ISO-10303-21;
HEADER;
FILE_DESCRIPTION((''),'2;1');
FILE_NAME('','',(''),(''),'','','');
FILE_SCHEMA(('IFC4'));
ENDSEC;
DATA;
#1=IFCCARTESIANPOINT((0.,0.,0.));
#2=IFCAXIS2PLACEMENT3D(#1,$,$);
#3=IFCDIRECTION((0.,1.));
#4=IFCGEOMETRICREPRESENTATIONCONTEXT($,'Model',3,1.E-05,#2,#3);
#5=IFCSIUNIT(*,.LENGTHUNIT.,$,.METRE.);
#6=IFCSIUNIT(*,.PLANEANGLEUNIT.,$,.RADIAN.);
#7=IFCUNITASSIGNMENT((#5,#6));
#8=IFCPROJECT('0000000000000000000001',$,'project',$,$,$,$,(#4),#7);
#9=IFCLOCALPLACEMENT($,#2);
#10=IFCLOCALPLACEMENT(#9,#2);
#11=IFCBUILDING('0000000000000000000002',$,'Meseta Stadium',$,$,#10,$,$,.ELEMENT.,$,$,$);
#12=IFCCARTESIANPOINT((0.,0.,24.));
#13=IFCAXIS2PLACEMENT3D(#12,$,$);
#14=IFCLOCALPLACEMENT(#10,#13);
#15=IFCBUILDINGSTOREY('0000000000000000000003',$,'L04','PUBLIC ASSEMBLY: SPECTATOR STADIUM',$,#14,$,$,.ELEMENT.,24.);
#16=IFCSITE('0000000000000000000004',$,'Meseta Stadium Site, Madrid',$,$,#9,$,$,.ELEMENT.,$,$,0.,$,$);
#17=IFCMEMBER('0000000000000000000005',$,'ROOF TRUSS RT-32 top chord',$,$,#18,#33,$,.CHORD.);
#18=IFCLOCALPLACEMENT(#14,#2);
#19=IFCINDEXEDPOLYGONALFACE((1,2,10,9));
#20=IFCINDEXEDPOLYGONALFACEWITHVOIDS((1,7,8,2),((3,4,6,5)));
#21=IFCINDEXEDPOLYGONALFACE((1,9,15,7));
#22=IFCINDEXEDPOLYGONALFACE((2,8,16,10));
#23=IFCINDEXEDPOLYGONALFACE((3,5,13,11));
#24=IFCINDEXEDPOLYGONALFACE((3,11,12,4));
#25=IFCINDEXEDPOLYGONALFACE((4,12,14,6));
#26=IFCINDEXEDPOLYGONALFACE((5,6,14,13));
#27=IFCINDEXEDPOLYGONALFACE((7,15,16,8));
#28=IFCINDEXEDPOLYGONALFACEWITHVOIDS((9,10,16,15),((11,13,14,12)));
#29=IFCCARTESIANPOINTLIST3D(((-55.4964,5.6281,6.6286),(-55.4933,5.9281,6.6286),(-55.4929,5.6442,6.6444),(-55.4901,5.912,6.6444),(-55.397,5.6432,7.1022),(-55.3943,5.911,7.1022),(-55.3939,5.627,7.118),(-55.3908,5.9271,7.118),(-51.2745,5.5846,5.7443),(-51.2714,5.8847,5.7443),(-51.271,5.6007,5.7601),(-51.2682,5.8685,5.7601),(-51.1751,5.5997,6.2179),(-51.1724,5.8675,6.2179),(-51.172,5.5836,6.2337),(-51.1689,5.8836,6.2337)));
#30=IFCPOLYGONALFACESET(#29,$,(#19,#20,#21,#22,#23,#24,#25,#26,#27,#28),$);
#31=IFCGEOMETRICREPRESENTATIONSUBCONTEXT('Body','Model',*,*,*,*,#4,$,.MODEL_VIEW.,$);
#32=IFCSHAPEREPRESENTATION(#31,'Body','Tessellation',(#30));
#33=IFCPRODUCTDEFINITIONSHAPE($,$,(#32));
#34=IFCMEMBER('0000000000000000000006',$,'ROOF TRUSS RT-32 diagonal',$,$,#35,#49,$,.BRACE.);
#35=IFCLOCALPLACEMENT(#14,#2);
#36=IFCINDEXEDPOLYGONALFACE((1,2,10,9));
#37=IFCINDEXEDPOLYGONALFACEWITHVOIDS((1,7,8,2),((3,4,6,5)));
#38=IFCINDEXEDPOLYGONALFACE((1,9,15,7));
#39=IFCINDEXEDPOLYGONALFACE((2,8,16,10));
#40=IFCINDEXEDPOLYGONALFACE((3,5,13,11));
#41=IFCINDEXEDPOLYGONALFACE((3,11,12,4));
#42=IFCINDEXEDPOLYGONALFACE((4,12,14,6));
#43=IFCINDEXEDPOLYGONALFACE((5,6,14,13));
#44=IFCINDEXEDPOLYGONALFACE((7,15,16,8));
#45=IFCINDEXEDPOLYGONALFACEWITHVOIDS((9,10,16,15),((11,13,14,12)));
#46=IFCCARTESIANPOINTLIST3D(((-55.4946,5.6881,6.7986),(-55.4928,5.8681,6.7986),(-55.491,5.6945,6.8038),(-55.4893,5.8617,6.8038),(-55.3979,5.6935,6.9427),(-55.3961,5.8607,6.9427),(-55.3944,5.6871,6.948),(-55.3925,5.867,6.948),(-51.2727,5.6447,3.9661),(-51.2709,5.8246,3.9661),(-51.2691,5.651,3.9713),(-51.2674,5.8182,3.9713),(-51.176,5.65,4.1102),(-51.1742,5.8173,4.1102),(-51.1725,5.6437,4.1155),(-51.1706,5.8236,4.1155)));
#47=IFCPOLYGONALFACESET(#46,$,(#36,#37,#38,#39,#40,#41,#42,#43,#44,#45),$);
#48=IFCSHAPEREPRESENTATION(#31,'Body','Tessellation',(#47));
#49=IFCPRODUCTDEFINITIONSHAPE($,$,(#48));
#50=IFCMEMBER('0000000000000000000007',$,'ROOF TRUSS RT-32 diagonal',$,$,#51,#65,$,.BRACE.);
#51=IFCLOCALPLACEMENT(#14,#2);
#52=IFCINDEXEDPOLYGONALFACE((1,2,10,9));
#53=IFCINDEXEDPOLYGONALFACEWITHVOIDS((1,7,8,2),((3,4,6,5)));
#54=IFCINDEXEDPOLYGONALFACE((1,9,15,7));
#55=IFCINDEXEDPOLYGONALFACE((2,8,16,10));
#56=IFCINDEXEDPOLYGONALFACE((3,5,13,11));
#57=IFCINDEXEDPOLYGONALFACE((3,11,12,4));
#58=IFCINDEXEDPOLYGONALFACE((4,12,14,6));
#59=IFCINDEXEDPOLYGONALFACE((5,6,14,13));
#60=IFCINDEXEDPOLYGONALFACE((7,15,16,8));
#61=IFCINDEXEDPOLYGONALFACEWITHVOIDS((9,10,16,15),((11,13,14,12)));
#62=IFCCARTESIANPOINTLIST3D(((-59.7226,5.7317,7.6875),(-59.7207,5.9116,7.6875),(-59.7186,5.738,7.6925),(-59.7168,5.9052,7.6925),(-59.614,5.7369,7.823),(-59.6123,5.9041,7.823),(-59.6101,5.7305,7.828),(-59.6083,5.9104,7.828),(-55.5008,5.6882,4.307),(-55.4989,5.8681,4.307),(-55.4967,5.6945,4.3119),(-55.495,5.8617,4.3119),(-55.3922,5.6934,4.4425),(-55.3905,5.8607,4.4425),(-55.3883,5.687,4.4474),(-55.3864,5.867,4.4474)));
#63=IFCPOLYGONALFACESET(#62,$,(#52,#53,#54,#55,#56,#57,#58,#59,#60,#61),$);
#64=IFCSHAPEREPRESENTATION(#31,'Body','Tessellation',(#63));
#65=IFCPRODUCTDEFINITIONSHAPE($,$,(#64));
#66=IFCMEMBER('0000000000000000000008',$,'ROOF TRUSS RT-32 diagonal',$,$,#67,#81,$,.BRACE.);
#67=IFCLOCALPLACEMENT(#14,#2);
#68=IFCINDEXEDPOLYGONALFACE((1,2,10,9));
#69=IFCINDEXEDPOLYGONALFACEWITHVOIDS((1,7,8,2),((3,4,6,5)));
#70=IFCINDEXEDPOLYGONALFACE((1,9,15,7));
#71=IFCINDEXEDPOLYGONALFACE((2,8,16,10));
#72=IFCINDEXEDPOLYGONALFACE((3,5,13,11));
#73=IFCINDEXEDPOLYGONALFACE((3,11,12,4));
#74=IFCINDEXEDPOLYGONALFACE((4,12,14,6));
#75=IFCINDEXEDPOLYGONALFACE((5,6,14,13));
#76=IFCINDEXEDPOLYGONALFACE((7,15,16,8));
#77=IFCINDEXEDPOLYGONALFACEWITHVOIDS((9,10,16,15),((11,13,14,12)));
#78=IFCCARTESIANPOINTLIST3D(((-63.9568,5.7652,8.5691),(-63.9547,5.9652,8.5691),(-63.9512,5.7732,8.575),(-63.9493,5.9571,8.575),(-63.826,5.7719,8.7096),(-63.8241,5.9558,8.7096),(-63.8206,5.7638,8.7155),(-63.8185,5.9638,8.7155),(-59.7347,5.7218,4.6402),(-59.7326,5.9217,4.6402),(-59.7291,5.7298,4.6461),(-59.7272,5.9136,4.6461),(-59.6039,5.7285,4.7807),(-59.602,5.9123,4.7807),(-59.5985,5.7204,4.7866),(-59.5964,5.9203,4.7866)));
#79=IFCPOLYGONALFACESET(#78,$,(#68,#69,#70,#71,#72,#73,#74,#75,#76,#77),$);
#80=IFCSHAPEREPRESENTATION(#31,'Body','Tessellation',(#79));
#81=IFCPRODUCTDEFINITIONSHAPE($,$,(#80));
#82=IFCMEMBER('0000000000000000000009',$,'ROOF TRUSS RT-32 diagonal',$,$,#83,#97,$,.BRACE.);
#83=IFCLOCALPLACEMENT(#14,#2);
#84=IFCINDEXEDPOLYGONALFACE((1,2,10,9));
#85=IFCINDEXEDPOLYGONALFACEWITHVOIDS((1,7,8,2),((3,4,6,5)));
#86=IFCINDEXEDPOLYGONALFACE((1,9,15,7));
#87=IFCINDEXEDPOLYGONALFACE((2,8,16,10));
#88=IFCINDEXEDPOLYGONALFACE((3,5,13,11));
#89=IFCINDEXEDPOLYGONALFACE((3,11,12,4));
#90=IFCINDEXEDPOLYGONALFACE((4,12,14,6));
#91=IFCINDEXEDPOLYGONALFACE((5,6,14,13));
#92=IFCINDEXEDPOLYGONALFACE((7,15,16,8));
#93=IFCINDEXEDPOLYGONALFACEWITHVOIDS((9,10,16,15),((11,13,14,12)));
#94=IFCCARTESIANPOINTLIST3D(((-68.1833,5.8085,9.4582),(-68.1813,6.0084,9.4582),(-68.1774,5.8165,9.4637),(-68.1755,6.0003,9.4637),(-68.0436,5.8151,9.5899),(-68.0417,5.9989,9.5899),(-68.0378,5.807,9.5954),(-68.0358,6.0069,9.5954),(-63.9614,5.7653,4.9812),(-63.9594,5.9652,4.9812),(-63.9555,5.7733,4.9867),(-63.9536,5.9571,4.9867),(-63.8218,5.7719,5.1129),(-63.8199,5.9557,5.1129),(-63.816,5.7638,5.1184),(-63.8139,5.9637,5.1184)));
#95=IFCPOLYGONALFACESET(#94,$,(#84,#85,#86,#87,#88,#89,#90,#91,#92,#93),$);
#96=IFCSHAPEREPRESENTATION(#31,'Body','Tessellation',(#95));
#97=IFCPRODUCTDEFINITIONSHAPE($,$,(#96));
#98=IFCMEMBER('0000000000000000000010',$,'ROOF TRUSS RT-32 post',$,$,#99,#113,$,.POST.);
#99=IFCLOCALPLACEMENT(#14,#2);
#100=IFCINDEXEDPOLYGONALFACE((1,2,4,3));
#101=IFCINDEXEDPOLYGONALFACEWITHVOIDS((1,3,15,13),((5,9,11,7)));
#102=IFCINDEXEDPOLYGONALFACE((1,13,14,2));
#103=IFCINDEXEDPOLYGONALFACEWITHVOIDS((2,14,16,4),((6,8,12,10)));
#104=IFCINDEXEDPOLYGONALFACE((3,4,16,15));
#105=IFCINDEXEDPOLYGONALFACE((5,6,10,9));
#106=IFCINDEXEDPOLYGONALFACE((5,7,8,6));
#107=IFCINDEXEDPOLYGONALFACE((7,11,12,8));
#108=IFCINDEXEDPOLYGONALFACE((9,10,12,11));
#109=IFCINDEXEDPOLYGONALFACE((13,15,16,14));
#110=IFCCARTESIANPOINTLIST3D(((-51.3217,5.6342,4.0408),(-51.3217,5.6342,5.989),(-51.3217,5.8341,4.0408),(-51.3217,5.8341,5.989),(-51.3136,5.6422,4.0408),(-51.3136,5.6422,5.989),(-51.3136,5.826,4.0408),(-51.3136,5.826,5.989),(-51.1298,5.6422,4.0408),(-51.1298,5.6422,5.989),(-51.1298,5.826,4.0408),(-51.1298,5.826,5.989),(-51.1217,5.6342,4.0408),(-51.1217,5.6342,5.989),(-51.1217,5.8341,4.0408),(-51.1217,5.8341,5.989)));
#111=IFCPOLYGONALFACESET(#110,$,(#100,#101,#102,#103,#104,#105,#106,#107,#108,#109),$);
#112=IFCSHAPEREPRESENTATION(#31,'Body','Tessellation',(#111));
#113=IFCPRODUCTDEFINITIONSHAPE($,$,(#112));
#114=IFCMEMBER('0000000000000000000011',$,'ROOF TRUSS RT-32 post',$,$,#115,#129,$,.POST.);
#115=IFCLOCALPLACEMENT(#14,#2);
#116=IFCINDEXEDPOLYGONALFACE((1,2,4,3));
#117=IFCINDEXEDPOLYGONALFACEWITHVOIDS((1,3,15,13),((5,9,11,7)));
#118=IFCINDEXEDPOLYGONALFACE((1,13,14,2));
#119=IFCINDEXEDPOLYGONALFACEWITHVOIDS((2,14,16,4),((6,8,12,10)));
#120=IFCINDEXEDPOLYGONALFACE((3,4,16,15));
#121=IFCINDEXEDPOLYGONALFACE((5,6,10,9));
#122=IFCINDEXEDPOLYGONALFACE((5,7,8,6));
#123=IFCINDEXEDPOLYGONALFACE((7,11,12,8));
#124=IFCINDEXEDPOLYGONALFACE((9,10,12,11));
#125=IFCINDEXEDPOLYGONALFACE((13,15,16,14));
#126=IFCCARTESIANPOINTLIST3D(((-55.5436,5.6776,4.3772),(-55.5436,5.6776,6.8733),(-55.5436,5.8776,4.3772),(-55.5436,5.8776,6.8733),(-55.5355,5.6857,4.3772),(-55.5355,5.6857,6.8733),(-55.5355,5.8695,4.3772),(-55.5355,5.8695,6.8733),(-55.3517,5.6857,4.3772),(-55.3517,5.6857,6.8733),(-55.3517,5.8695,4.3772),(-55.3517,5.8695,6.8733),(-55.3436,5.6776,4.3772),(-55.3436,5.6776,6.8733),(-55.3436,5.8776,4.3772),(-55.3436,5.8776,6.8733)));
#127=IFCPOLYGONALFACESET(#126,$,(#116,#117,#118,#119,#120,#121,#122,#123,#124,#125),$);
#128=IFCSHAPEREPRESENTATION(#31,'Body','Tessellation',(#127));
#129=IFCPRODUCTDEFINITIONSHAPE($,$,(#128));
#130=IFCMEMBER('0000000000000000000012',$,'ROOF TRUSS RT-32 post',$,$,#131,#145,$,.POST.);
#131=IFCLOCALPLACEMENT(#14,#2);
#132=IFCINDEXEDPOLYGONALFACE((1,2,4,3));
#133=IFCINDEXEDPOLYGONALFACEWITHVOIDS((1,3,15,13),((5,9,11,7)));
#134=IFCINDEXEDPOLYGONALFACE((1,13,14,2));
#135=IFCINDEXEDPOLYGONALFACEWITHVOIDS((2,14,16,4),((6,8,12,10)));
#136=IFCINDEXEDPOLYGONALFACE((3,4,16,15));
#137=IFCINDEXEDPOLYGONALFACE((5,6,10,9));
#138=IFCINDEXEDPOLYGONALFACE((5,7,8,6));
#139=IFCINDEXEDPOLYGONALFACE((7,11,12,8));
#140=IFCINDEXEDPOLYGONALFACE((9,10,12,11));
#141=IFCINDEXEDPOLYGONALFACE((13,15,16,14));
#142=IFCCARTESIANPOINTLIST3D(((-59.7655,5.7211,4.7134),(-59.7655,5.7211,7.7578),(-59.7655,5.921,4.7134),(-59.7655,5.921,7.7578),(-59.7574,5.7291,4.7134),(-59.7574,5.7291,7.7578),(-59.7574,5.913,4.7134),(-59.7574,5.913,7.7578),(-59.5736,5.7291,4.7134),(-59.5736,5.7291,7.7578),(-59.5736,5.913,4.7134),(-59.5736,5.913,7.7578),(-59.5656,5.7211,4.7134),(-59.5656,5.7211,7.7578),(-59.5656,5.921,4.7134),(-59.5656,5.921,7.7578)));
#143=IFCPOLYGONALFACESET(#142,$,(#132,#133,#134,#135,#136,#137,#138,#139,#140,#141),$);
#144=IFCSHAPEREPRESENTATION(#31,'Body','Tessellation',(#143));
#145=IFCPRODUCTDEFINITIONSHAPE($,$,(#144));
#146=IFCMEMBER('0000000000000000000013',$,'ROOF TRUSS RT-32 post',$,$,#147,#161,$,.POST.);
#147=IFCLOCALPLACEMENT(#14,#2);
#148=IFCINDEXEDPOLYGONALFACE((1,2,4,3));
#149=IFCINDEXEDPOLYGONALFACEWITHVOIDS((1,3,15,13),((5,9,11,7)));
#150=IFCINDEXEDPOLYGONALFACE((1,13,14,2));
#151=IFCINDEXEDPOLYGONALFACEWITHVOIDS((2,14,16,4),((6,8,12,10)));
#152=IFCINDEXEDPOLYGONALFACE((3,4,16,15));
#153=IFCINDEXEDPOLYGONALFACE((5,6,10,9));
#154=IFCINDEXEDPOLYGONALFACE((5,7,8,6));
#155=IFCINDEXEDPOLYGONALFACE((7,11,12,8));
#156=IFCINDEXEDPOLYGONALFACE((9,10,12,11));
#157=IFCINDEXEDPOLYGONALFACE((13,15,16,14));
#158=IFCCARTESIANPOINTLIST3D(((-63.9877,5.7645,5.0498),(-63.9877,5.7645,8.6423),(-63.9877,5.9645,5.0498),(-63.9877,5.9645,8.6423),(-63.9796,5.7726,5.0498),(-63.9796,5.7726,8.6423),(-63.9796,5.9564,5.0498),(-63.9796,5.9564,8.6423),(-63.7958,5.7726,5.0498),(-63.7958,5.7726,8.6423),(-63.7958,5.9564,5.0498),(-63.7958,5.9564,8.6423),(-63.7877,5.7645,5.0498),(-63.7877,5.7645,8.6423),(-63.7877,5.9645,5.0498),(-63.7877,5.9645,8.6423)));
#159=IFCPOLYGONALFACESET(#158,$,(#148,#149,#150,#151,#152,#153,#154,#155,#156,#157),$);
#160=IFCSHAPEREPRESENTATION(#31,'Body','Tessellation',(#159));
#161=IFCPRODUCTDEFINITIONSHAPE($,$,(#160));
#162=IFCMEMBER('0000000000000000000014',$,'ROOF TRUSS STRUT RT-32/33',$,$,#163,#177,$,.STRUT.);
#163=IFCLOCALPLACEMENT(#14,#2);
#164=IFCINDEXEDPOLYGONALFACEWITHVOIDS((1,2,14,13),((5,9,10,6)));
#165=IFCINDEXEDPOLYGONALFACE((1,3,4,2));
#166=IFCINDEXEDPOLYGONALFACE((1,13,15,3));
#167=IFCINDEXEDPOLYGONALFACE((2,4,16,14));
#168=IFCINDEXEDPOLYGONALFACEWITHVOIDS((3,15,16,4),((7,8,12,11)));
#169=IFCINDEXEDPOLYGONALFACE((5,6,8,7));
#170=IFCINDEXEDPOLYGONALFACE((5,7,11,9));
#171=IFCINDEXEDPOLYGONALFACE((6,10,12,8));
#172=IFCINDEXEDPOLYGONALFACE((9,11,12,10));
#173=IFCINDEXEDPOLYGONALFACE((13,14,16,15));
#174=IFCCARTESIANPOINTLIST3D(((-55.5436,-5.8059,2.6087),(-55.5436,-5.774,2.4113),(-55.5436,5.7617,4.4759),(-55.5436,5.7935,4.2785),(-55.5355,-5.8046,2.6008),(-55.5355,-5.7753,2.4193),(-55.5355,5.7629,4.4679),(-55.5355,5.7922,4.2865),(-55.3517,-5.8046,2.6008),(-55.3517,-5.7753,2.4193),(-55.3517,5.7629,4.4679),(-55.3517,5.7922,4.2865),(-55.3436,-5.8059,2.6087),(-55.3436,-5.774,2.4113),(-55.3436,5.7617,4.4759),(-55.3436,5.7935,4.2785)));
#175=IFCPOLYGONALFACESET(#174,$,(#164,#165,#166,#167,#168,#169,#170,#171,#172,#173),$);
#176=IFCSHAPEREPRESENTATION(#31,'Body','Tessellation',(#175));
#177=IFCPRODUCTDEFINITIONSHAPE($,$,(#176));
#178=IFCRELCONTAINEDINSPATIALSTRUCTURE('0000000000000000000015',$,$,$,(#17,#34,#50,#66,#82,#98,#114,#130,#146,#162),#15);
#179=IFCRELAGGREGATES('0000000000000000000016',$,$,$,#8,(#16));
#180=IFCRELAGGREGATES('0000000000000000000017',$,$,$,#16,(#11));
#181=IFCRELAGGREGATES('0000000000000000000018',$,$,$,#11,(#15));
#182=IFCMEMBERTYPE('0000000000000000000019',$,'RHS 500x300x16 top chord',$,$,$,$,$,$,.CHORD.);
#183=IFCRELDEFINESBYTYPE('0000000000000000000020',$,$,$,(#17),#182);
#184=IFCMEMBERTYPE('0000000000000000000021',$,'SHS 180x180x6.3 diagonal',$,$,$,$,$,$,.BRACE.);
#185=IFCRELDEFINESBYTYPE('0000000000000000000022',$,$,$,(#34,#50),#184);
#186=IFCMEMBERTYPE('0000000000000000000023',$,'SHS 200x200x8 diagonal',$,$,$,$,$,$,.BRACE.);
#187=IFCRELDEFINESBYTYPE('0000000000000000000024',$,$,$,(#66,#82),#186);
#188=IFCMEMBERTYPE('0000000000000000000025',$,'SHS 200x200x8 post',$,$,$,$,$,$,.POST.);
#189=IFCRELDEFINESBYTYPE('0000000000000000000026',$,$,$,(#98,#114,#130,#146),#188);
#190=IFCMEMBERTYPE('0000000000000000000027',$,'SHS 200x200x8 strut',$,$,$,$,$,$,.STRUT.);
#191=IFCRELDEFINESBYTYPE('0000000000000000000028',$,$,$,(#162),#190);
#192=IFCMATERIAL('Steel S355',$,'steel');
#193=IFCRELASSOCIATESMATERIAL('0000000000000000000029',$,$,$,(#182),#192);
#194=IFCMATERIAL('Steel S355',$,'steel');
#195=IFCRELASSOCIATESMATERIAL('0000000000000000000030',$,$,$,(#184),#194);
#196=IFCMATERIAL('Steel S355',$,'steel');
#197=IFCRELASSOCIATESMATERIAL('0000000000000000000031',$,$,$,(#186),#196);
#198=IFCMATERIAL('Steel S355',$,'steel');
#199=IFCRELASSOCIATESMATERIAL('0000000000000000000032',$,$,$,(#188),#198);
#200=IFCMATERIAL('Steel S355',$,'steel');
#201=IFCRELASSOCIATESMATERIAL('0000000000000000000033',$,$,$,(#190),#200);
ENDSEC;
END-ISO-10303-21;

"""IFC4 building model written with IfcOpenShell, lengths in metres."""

from ifc_helpers import new_model, si_unit, direction, frame, origin, origin_2d, place, context, subcontext, project, spatial, hollow_rectangle, extrude, material, material_profile, profile_set, type_object, element, save


model = new_model("IFC4")

# Units and contexts
model_context = context("Model", 3, precision=1e-05, world=origin(), true_north=direction((0.0, 1.0)))
body_context = subcontext(model_context, "Body", "Model", "MODEL_VIEW")
ifc_project = project(units=[si_unit("LENGTHUNIT", "METRE"), si_unit("PLANEANGLEUNIT", "RADIAN")], contexts=[model_context])

# Site, building, storey
site_placement = place(None, origin())
site = spatial("IfcSite", under=ifc_project, at=site_placement, Name="Meseta Stadium Site, Madrid", CompositionType="ELEMENT", RefElevation=0.0)
building_placement = place(site_placement, origin())
building = spatial("IfcBuilding", under=site, at=building_placement, Name="Meseta Stadium", CompositionType="ELEMENT")
storey_placement = place(building_placement, frame((0.0, 0.0, 24.0)))
storey = spatial("IfcBuildingStorey", under=building, at=storey_placement, Name="L04", Description="PUBLIC ASSEMBLY: SPECTATOR STADIUM", CompositionType="ELEMENT", Elevation=24.0)

# Members
ifc_material_1 = material(Name="Steel S355", Category="steel")
ifc_material_profile_1 = material_profile(ifc_material_1, hollow_rectangle(XDim=0.3, YDim=0.5, WallThickness=0.0161, at=origin_2d()), Name="RHS 500x300x16")
ifc_profile_set_1 = profile_set([ifc_material_profile_1], Name="Steel S355")
member_type_1 = type_object("IfcMemberType", Name="RHS 500x300x16 top chord", PredefinedType="CHORD", material=ifc_profile_set_1)
member_1_placement = place(storey_placement, frame((-51.2217, 5.7341, 5.989), z_axis=(-0.978712, 0.010074, 0.20499), x_axis=(-0.010293, -0.999947, 0.0)))
element("IfcMember", 1, at=member_1_placement, inside=storey, type_object=member_type_1, Name="ROOF TRUSS RT-32 top chord", PredefinedType="CHORD", context=body_context, shape_type="SweptSolid", body=[
    extrude(hollow_rectangle(XDim=0.3, YDim=0.5, WallThickness=0.0161, at=origin_2d()), origin(), (0.0, 0.0, 1.0), 4.3137),
])
ifc_material_2 = material(Name="Steel S355", Category="steel")
ifc_material_profile_2 = material_profile(ifc_material_2, hollow_rectangle(XDim=0.1799, YDim=0.1799, WallThickness=0.0063, at=origin_2d()), Name="SHS 180x180x6.3")
ifc_profile_set_2 = profile_set([ifc_material_profile_2], Name="Steel S355")
member_type_2 = type_object("IfcMemberType", Name="SHS 180x180x6.3 diagonal", PredefinedType="BRACE", material=ifc_profile_set_2)
member_2_placement = place(storey_placement, frame((-51.2217, 5.7341, 4.0408), z_axis=(-0.830391, 0.008547, 0.557115), x_axis=(-0.010293, -0.999947, 0.0)))
element("IfcMember", 2, at=member_2_placement, inside=storey, type_object=member_type_2, Name="ROOF TRUSS RT-32 diagonal", PredefinedType="BRACE", context=body_context, shape_type="SweptSolid", body=[
    extrude(hollow_rectangle(XDim=0.1799, YDim=0.1799, WallThickness=0.0063, at=origin_2d()), origin(), (0.0, 0.0, 1.0), 5.0842),
])
member_3_placement = place(storey_placement, frame((-55.4436, 5.7776, 4.3772), z_axis=(-0.780566, 0.008035, 0.625022), x_axis=(-0.010293, -0.999947, 0.0)))
element("IfcMember", 3, at=member_3_placement, inside=storey, type_object=member_type_2, Name="ROOF TRUSS RT-32 diagonal", PredefinedType="BRACE", context=body_context, shape_type="SweptSolid", body=[
    extrude(hollow_rectangle(XDim=0.1799, YDim=0.1799, WallThickness=0.0063, at=origin_2d()), origin(), (0.0, 0.0, 1.0), 5.4087),
])
ifc_material_3 = material(Name="Steel S355", Category="steel")
ifc_material_profile_3 = material_profile(ifc_material_3, hollow_rectangle(XDim=0.2, YDim=0.2, WallThickness=0.0081, at=origin_2d()), Name="SHS 200x200x8")
ifc_profile_set_3 = profile_set([ifc_material_profile_3], Name="Steel S355")
member_type_3 = type_object("IfcMemberType", Name="SHS 200x200x8 diagonal", PredefinedType="BRACE", material=ifc_profile_set_3)
member_4_placement = place(storey_placement, frame((-59.6655, 5.821, 4.7134), z_axis=(-0.732049, 0.007535, 0.681211), x_axis=(-0.010292, -0.999947, 0.0)))
element("IfcMember", 4, at=member_4_placement, inside=storey, type_object=member_type_3, Name="ROOF TRUSS RT-32 diagonal", PredefinedType="BRACE", context=body_context, shape_type="SweptSolid", body=[
    extrude(hollow_rectangle(XDim=0.2, YDim=0.2, WallThickness=0.0081, at=origin_2d()), origin(), (0.0, 0.0, 1.0), 5.7676),
])
member_5_placement = place(storey_placement, frame((-63.8877, 5.8645, 5.0498), z_axis=(-0.686057, 0.007022, 0.727514), x_axis=(-0.010235, -0.999948, 0.0)))
element("IfcMember", 5, at=member_5_placement, inside=storey, type_object=member_type_3, Name="ROOF TRUSS RT-32 diagonal", PredefinedType="BRACE", context=body_context, shape_type="SweptSolid", body=[
    extrude(hollow_rectangle(XDim=0.2, YDim=0.2, WallThickness=0.0081, at=origin_2d()), origin(), (0.0, 0.0, 1.0), 6.1538),
])
ifc_material_4 = material(Name="Steel S355", Category="steel")
ifc_material_profile_4 = material_profile(ifc_material_4, hollow_rectangle(XDim=0.2, YDim=0.2, WallThickness=0.0081, at=origin_2d()), Name="SHS 200x200x8")
ifc_profile_set_4 = profile_set([ifc_material_profile_4], Name="Steel S355")
member_type_4 = type_object("IfcMemberType", Name="SHS 200x200x8 post", PredefinedType="POST", material=ifc_profile_set_4)
member_6_placement = place(storey_placement, frame((-51.2217, 5.7341, 4.0408), z_axis=(0.0, 0.0, 1.0), x_axis=(1.0, 0.0, 0.0)))
element("IfcMember", 6, at=member_6_placement, inside=storey, type_object=member_type_4, Name="ROOF TRUSS RT-32 post", PredefinedType="POST", context=body_context, shape_type="SweptSolid", body=[
    extrude(hollow_rectangle(XDim=0.2, YDim=0.2, WallThickness=0.0081, at=origin_2d()), origin(), (0.0, 0.0, 1.0), 1.9482),
])
member_7_placement = place(storey_placement, frame((-55.4436, 5.7776, 4.3772), z_axis=(0.0, 0.0, 1.0), x_axis=(1.0, 0.0, 0.0)))
element("IfcMember", 7, at=member_7_placement, inside=storey, type_object=member_type_4, Name="ROOF TRUSS RT-32 post", PredefinedType="POST", context=body_context, shape_type="SweptSolid", body=[
    extrude(hollow_rectangle(XDim=0.2, YDim=0.2, WallThickness=0.0081, at=origin_2d()), origin(), (0.0, 0.0, 1.0), 2.4961),
])
member_8_placement = place(storey_placement, frame((-59.6655, 5.821, 4.7134), z_axis=(0.0, 0.0, 1.0), x_axis=(1.0, 0.0, 0.0)))
element("IfcMember", 8, at=member_8_placement, inside=storey, type_object=member_type_4, Name="ROOF TRUSS RT-32 post", PredefinedType="POST", context=body_context, shape_type="SweptSolid", body=[
    extrude(hollow_rectangle(XDim=0.2, YDim=0.2, WallThickness=0.0081, at=origin_2d()), origin(), (0.0, 0.0, 1.0), 3.0444),
])
member_9_placement = place(storey_placement, frame((-63.8877, 5.8645, 5.0498), z_axis=(0.0, 0.0, 1.0), x_axis=(1.0, 0.0, 0.0)))
element("IfcMember", 9, at=member_9_placement, inside=storey, type_object=member_type_4, Name="ROOF TRUSS RT-32 post", PredefinedType="POST", context=body_context, shape_type="SweptSolid", body=[
    extrude(hollow_rectangle(XDim=0.2, YDim=0.2, WallThickness=0.0081, at=origin_2d()), origin(), (0.0, 0.0, 1.0), 3.5925),
])
ifc_material_5 = material(Name="Steel S355", Category="steel")
ifc_material_profile_5 = material_profile(ifc_material_5, hollow_rectangle(XDim=0.2, YDim=0.2, WallThickness=0.0081, at=origin_2d()), Name="SHS 200x200x8")
ifc_profile_set_5 = profile_set([ifc_material_profile_5], Name="Steel S355")
member_type_5 = type_object("IfcMemberType", Name="SHS 200x200x8 strut", PredefinedType="STRUT", material=ifc_profile_set_5)
member_10_placement = place(storey_placement, frame((-55.4436, 5.7776, 4.3772), z_axis=(0.0, -0.987222, -0.159352), x_axis=(1.0, 0.0, 0.0)))
element("IfcMember", 10, at=member_10_placement, inside=storey, type_object=member_type_5, Name="ROOF TRUSS STRUT RT-32/33", PredefinedType="STRUT", context=body_context, shape_type="SweptSolid", body=[
    extrude(hollow_rectangle(XDim=0.2, YDim=0.2, WallThickness=0.0081, at=origin_2d()), origin(), (0.0, 0.0, 1.0), 11.7173),
])

save(model, "model.ifc")
